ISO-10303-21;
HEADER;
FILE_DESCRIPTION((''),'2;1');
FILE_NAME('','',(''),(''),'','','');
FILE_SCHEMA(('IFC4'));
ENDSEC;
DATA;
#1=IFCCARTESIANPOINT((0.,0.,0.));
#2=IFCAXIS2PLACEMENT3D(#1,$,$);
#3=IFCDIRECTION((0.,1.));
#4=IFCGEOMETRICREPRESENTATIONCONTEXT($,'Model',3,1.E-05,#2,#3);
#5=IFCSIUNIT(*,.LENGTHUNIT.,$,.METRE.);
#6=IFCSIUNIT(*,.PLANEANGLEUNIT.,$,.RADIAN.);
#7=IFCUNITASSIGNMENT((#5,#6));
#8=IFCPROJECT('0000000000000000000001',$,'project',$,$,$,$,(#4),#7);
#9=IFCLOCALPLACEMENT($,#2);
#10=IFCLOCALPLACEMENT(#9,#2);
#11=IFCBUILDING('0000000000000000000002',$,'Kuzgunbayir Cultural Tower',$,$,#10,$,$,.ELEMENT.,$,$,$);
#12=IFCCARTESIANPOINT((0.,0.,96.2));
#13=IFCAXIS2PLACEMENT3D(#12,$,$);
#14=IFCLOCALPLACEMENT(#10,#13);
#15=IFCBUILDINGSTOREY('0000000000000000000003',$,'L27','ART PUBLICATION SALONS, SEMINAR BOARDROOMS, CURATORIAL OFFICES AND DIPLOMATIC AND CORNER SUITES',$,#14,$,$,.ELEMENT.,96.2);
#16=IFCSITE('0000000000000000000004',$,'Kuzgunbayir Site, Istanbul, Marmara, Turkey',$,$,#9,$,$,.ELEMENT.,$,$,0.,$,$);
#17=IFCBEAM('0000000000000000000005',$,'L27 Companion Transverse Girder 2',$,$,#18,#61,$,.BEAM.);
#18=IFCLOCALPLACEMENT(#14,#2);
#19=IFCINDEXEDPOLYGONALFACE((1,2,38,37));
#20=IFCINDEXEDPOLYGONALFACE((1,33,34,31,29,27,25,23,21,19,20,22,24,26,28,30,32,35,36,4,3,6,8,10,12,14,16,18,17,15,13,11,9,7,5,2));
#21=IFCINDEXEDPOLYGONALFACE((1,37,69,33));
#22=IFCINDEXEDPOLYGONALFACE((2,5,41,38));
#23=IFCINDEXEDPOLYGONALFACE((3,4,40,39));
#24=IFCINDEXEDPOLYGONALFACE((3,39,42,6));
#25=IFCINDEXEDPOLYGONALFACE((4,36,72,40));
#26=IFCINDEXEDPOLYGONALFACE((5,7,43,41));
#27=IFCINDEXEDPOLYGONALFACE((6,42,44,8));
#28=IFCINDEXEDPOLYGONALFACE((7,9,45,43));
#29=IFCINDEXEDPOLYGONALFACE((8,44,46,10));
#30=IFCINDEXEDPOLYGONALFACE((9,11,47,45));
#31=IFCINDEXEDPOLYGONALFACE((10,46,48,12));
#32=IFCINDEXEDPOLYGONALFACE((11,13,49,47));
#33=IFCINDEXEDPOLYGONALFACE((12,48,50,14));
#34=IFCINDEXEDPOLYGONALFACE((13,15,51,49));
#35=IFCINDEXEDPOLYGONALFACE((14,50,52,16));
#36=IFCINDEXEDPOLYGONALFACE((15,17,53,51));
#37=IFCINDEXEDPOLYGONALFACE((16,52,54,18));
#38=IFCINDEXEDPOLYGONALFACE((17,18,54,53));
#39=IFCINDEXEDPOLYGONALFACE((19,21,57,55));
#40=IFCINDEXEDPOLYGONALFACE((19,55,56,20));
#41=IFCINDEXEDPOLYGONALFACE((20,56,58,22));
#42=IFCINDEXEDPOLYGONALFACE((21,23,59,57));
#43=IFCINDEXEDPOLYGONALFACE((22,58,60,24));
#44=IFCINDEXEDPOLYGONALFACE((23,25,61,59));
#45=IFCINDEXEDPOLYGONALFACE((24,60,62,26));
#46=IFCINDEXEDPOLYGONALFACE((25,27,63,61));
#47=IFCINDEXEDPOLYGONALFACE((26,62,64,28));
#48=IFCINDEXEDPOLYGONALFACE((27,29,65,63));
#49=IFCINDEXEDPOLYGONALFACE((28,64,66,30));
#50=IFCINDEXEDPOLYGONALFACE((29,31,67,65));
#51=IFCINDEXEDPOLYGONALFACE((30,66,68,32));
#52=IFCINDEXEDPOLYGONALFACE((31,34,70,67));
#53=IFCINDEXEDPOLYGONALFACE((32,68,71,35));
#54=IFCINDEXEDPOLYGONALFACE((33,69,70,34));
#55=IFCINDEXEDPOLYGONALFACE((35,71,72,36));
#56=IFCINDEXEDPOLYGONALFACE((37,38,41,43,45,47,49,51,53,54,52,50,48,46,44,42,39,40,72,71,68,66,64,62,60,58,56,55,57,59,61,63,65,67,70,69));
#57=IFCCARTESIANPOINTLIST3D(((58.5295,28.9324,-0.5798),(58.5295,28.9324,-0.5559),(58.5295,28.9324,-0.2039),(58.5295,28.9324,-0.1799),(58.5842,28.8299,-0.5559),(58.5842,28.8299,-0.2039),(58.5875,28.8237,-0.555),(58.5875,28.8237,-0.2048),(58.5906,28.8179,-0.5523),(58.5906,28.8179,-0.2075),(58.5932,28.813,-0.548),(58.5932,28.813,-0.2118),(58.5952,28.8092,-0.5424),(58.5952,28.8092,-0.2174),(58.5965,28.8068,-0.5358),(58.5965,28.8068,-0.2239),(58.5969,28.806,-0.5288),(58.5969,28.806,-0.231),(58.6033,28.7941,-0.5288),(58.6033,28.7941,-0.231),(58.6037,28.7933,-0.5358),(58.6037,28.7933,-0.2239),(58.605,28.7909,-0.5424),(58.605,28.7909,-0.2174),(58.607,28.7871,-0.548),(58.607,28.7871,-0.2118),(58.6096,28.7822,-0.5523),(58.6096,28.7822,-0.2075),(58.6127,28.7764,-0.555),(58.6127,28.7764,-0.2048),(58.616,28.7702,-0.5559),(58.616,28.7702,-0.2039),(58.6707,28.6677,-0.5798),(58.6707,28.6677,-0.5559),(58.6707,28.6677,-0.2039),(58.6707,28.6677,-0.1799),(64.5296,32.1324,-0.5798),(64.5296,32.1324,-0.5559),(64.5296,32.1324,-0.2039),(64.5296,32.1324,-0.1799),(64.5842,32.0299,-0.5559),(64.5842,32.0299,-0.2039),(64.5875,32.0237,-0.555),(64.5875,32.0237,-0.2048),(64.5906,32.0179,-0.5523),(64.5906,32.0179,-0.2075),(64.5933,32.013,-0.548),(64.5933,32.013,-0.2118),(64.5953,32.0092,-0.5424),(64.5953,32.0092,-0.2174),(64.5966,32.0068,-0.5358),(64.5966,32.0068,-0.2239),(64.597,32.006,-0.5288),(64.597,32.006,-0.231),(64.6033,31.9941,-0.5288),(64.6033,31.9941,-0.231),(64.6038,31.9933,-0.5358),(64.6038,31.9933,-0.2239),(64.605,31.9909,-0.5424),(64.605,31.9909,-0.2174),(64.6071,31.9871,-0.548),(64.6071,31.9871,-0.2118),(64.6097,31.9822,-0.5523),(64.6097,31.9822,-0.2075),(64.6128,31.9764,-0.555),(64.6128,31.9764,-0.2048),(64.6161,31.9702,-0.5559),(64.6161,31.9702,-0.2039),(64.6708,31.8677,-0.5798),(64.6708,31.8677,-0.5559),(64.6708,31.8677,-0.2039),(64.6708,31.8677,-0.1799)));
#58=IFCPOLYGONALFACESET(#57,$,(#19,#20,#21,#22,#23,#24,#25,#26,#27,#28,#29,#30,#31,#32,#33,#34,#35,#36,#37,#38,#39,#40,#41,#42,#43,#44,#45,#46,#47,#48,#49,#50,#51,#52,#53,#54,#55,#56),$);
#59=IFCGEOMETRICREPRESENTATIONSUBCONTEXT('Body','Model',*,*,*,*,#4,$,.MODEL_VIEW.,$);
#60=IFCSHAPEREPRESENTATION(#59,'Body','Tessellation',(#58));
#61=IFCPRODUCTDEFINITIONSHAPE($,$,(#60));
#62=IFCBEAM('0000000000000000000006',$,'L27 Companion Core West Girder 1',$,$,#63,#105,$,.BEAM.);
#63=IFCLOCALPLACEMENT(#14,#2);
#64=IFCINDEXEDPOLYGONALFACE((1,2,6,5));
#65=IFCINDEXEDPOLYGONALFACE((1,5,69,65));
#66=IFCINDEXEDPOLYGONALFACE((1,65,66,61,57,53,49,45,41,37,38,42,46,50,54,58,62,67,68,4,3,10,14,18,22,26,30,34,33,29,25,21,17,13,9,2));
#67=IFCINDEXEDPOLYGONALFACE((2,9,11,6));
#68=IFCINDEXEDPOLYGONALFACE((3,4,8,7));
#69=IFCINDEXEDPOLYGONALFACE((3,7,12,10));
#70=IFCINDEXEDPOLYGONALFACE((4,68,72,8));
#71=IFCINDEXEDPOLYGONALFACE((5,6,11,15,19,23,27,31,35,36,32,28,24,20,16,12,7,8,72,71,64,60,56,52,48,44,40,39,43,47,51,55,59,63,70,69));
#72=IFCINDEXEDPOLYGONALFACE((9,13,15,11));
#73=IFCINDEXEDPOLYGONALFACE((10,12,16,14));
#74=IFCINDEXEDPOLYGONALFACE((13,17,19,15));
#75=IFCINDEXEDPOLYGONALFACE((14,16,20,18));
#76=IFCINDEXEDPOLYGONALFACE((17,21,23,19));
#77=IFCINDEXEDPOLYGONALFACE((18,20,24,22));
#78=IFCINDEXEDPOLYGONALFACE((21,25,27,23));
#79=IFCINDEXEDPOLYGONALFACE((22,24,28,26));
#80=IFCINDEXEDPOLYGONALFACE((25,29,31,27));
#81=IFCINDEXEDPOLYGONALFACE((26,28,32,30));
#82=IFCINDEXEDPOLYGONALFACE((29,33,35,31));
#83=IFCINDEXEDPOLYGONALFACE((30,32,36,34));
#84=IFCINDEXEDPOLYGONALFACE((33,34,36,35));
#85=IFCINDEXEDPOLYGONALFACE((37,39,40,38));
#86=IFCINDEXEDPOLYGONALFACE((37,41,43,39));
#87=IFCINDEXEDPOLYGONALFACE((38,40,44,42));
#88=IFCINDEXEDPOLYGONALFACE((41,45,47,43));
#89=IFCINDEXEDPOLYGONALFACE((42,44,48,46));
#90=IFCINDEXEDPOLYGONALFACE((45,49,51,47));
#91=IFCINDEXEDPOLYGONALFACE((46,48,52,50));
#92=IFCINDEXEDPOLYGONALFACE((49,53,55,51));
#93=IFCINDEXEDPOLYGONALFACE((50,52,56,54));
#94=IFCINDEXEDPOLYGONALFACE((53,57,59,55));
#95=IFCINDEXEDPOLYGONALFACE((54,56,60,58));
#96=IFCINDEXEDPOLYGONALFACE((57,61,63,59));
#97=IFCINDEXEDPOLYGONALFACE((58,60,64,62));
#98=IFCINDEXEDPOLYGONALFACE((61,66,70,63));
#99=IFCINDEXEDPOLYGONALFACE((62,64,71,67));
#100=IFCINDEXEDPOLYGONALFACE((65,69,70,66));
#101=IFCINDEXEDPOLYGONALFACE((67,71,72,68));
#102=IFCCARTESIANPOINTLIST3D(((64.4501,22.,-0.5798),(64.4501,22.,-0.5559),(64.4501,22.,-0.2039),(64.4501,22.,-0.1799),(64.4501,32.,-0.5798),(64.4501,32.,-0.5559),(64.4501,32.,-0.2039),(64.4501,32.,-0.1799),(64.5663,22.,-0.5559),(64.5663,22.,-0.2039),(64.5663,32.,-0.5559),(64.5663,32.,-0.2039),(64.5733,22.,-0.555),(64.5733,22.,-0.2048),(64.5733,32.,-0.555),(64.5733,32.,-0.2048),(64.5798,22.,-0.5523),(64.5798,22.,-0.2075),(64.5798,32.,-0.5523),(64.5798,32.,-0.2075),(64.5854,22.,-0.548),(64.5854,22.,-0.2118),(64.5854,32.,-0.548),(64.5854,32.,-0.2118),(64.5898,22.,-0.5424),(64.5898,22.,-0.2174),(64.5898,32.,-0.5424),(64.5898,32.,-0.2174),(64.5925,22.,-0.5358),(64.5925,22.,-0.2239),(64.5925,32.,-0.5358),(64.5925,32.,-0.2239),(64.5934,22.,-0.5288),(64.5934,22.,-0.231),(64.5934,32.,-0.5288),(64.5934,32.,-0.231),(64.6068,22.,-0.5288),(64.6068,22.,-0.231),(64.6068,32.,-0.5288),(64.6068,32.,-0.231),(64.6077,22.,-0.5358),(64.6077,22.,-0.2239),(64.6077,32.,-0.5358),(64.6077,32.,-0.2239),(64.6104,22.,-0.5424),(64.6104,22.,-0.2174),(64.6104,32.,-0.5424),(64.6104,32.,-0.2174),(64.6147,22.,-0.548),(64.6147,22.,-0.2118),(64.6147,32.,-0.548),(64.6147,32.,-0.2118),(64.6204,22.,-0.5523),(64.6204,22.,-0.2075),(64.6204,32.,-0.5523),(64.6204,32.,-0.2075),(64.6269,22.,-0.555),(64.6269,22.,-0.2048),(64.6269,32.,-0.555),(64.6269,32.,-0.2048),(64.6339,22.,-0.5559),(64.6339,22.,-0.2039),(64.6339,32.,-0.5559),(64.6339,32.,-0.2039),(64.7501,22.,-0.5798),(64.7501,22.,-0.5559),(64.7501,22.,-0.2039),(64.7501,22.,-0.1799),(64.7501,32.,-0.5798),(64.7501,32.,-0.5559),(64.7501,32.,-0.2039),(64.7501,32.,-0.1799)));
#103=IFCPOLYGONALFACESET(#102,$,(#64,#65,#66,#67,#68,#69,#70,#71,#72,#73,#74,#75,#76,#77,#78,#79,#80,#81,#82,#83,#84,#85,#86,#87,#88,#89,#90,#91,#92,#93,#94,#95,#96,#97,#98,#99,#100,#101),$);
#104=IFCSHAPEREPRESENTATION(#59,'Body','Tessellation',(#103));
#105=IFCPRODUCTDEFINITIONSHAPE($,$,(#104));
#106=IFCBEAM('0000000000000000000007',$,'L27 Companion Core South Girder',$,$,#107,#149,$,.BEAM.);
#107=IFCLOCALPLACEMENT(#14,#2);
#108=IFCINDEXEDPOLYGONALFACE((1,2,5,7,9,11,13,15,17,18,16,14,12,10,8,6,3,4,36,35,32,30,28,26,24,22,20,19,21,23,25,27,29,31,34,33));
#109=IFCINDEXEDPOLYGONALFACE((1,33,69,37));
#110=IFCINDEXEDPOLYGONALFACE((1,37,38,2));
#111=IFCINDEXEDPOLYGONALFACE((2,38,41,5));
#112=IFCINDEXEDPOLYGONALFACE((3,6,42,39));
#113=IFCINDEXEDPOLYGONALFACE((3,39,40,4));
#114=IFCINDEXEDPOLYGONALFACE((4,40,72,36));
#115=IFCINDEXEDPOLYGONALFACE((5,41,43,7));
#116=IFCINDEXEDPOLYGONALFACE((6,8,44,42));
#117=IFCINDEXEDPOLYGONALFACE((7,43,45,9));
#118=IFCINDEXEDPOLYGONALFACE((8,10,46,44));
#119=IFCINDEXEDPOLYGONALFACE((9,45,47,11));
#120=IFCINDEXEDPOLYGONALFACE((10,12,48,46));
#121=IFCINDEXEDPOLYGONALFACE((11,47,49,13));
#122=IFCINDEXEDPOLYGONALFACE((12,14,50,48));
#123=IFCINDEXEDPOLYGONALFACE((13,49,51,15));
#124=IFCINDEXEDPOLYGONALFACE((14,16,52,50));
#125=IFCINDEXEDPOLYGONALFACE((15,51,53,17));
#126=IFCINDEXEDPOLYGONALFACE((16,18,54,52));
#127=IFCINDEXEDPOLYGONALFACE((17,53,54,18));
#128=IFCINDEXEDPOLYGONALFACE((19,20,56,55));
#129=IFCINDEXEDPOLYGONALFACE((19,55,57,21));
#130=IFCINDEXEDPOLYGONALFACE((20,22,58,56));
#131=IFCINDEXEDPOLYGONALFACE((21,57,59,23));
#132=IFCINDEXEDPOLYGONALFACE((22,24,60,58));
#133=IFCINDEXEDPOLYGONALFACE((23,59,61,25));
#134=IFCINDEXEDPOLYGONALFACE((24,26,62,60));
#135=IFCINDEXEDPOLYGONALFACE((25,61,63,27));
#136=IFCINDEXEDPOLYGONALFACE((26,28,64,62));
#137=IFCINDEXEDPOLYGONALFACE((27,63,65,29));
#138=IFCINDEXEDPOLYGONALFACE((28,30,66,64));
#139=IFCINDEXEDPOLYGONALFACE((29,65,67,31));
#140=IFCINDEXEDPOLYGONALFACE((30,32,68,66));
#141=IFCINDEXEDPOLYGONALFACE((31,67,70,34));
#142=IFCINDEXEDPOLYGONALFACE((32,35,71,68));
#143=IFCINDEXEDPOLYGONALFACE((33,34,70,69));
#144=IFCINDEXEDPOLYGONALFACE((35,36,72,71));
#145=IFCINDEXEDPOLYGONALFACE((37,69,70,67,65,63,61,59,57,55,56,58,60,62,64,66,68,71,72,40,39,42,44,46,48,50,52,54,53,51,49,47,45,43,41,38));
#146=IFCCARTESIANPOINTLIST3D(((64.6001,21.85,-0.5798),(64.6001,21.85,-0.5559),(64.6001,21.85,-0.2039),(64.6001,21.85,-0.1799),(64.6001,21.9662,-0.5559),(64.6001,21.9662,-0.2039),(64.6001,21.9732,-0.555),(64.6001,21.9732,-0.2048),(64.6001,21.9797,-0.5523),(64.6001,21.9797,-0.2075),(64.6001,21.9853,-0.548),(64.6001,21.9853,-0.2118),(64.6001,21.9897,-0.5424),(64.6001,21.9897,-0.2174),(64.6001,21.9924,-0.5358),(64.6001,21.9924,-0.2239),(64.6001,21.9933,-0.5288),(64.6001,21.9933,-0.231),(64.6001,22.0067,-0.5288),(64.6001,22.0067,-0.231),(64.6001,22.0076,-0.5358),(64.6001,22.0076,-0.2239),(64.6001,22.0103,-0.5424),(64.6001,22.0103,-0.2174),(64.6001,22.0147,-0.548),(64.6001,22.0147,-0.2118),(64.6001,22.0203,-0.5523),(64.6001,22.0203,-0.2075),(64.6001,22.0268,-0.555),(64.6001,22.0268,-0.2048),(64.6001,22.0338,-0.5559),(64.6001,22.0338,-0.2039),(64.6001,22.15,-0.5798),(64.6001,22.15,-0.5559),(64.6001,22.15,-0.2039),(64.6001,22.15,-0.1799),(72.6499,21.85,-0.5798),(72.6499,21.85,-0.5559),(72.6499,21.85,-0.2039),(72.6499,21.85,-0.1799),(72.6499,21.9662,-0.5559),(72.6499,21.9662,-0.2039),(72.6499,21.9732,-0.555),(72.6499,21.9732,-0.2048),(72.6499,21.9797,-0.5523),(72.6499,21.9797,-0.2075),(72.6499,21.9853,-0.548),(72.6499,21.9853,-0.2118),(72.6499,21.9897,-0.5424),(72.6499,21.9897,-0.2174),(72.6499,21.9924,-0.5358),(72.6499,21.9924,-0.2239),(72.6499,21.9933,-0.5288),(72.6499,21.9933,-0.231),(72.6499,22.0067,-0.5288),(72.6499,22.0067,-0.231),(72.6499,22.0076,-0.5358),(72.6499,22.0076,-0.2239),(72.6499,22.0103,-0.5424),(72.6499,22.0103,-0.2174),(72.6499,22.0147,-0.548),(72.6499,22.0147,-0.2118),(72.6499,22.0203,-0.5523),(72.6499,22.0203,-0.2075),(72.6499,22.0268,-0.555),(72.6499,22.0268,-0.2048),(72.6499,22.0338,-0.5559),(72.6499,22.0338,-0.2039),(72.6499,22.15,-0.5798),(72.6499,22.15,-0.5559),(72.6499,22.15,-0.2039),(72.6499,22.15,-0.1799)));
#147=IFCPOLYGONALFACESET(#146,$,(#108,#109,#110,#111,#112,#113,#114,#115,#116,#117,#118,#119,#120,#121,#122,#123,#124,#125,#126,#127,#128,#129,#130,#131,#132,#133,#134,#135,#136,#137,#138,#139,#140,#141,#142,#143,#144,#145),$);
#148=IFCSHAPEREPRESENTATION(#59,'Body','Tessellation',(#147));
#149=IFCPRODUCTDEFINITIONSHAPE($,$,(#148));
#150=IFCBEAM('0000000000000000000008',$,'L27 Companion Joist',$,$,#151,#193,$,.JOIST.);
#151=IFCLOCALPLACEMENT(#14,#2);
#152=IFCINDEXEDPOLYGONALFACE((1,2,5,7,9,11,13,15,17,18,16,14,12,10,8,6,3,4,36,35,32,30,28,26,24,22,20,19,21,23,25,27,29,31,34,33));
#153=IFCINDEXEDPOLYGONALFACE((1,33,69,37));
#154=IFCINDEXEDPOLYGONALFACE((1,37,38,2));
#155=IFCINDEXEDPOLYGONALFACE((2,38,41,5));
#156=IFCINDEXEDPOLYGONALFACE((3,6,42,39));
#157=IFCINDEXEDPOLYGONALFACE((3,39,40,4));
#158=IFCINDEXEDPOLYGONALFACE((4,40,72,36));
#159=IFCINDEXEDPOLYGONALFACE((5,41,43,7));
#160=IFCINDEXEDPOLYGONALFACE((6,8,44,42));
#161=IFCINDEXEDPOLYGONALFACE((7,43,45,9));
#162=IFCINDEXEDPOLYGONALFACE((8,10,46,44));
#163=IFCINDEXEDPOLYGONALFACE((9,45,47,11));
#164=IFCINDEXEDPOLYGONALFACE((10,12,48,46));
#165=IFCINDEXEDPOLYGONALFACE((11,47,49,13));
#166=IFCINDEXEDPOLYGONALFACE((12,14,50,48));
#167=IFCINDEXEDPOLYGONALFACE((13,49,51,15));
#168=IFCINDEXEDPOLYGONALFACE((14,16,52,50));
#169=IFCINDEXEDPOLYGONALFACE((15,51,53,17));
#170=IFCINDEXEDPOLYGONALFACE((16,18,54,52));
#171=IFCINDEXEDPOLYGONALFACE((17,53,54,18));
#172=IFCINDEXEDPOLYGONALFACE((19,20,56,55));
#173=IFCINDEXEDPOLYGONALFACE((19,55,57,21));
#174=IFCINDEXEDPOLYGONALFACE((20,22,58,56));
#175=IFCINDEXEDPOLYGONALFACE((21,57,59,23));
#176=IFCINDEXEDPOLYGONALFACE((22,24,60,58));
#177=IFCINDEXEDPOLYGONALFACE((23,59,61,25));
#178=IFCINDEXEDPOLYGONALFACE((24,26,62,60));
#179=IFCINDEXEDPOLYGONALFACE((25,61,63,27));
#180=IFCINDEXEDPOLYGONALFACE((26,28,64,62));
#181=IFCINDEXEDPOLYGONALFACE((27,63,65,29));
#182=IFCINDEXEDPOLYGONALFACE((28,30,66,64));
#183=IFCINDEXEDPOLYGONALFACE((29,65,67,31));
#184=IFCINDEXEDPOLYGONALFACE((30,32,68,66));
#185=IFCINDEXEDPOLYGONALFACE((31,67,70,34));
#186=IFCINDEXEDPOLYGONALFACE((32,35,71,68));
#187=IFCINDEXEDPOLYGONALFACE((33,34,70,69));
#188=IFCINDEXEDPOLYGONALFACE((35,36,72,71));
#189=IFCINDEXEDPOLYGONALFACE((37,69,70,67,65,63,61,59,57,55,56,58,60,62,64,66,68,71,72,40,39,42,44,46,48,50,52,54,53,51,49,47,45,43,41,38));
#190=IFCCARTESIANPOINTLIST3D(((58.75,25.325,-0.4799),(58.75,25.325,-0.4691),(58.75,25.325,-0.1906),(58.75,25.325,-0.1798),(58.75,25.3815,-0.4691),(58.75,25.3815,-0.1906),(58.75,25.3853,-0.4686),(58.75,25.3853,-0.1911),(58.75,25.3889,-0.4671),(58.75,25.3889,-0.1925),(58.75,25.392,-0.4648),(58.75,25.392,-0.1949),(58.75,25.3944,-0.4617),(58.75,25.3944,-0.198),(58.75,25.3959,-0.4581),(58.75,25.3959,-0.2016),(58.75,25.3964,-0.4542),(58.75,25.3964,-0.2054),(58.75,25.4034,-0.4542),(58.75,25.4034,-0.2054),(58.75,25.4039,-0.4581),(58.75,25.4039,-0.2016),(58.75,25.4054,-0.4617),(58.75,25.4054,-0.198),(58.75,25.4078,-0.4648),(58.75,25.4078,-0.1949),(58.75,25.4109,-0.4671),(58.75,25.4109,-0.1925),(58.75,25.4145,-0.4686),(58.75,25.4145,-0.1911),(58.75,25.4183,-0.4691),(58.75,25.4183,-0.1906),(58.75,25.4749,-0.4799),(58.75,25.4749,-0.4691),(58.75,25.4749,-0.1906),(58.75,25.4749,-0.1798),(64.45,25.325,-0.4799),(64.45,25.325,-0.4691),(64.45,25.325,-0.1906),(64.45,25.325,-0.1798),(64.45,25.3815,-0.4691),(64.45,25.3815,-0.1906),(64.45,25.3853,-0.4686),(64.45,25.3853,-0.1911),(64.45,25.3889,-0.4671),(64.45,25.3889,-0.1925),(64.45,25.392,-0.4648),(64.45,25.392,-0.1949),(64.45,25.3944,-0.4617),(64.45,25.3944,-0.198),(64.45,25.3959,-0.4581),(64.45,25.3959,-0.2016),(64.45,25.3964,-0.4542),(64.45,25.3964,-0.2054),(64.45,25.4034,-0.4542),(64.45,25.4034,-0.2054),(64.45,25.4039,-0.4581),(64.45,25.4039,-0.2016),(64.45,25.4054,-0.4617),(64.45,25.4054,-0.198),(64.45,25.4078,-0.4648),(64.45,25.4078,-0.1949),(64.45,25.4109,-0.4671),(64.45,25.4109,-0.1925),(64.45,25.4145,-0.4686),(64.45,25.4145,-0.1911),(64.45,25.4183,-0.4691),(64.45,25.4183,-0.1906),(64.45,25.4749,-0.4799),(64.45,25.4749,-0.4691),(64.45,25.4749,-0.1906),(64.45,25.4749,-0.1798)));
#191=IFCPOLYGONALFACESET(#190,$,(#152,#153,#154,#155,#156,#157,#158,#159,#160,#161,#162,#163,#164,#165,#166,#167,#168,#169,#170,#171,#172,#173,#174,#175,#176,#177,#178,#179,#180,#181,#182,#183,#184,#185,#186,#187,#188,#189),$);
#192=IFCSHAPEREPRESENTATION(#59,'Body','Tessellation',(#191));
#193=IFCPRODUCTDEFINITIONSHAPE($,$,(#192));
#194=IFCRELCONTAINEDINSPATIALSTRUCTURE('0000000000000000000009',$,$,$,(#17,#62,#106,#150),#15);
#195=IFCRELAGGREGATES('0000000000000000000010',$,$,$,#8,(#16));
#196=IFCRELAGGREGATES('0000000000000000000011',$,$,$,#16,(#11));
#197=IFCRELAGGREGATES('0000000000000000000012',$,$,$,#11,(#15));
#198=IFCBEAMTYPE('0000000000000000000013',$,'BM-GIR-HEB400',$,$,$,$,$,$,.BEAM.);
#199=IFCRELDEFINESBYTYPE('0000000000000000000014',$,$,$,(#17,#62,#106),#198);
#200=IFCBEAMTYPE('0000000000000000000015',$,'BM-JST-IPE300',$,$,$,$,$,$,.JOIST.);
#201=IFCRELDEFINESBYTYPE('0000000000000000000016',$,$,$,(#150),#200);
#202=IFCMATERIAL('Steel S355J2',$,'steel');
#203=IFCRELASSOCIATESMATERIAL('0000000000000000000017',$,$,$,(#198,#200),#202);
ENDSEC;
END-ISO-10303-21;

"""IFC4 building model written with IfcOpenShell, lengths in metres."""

from ifc_helpers import new_model, si_unit, direction, frame, origin, origin_2d, place, context, subcontext, project, spatial, i_section, extrude, material, material_profile, profile_set, type_object, element, save


model = new_model("IFC4")

# Units and contexts
model_context = context("Model", 3, precision=1e-05, world=origin(), true_north=direction((0.0, 1.0)))
body_context = subcontext(model_context, "Body", "Model", "MODEL_VIEW")
ifc_project = project(units=[si_unit("LENGTHUNIT", "METRE"), si_unit("PLANEANGLEUNIT", "RADIAN")], contexts=[model_context])

# Site, building, storey
site_placement = place(None, origin())
site = spatial("IfcSite", under=ifc_project, at=site_placement, Name="Kuzgunbayir Site, Istanbul, Marmara, Turkey", CompositionType="ELEMENT", RefElevation=0.0)
building_placement = place(site_placement, origin())
building = spatial("IfcBuilding", under=site, at=building_placement, Name="Kuzgunbayir Cultural Tower", CompositionType="ELEMENT")
storey_placement = place(building_placement, frame((0.0, 0.0, 96.2)))
storey = spatial("IfcBuildingStorey", under=building, at=storey_placement, Name="L27", Description="ART PUBLICATION SALONS, SEMINAR BOARDROOMS, CURATORIAL OFFICES AND DIPLOMATIC AND CORNER SUITES", CompositionType="ELEMENT", Elevation=96.2)

# Beams
ifc_material_1 = material(Name="Steel S355J2", Category="steel")
ifc_material_profile_1 = material_profile(ifc_material_1, i_section(OverallWidth=0.3, OverallDepth=0.3999, WebThickness=0.0134, FlangeThickness=0.0239, FilletRadius=0.0271, at=origin_2d()), Name="HEB 400")
ifc_profile_set_1 = profile_set([ifc_material_profile_1], Name="Steel S355J2")
beam_type_1 = type_object("IfcBeamType", Name="BM-GIR-HEB400", PredefinedType="BEAM", material=ifc_profile_set_1)
beam_1_placement = place(storey_placement, frame((58.6001, 28.8, -0.3799), z_axis=(0.882356, 0.470583, 0.0), x_axis=(-0.470583, 0.882356, 0.0)))
element("IfcBeam", 1, at=beam_1_placement, inside=storey, type_object=beam_type_1, Name="L27 Companion Transverse Girder 2", PredefinedType="BEAM", context=body_context, shape_type="SweptSolid", body=[
    extrude(i_section(OverallWidth=0.3, OverallDepth=0.3999, WebThickness=0.0134, FlangeThickness=0.0239, FilletRadius=0.0271, at=origin_2d()), origin(), (0.0, 0.0, 1.0), 6.8),
])
beam_2_placement = place(storey_placement, frame((64.6001, 22.0, -0.3799), z_axis=(0.0, 1.0, 0.0), x_axis=(-1.0, 0.0, 0.0)))
element("IfcBeam", 2, at=beam_2_placement, inside=storey, type_object=beam_type_1, Name="L27 Companion Core West Girder 1", PredefinedType="BEAM", context=body_context, shape_type="SweptSolid", body=[
    extrude(i_section(OverallWidth=0.3, OverallDepth=0.3999, WebThickness=0.0134, FlangeThickness=0.0239, FilletRadius=0.0271, at=origin_2d()), origin(), (0.0, 0.0, 1.0), 10.0),
])
beam_3_placement = place(storey_placement, frame((64.6001, 22.0, -0.3799), z_axis=(1.0, 0.0, 0.0), x_axis=(0.0, 1.0, 0.0)))
element("IfcBeam", 3, at=beam_3_placement, inside=storey, type_object=beam_type_1, Name="L27 Companion Core South Girder", PredefinedType="BEAM", context=body_context, shape_type="SweptSolid", body=[
    extrude(i_section(OverallWidth=0.3, OverallDepth=0.3999, WebThickness=0.0134, FlangeThickness=0.0239, FilletRadius=0.0271, at=origin_2d()), origin(), (0.0, 0.0, 1.0), 8.0498),
])
ifc_material_profile_2 = material_profile(ifc_material_1, i_section(OverallWidth=0.1499, OverallDepth=0.3, WebThickness=0.0071, FlangeThickness=0.0107, FilletRadius=0.0149, at=origin_2d()), Name="IPE 300")
ifc_profile_set_2 = profile_set([ifc_material_profile_2], Name="Steel S355J2")
beam_type_2 = type_object("IfcBeamType", Name="BM-JST-IPE300", PredefinedType="JOIST", material=ifc_profile_set_2)
beam_4_placement = place(storey_placement, frame((58.75, 25.3999, -0.3298), z_axis=(1.0, 0.0, 0.0), x_axis=(0.0, 1.0, 0.0)))
element("IfcBeam", 4, at=beam_4_placement, inside=storey, type_object=beam_type_2, Name="L27 Companion Joist", PredefinedType="JOIST", context=body_context, shape_type="SweptSolid", body=[
    extrude(i_section(OverallWidth=0.1499, OverallDepth=0.3, WebThickness=0.0071, FlangeThickness=0.0107, FilletRadius=0.0149, at=origin_2d()), origin(), (0.0, 0.0, 1.0), 5.7),
])

save(model, "model.ifc")
